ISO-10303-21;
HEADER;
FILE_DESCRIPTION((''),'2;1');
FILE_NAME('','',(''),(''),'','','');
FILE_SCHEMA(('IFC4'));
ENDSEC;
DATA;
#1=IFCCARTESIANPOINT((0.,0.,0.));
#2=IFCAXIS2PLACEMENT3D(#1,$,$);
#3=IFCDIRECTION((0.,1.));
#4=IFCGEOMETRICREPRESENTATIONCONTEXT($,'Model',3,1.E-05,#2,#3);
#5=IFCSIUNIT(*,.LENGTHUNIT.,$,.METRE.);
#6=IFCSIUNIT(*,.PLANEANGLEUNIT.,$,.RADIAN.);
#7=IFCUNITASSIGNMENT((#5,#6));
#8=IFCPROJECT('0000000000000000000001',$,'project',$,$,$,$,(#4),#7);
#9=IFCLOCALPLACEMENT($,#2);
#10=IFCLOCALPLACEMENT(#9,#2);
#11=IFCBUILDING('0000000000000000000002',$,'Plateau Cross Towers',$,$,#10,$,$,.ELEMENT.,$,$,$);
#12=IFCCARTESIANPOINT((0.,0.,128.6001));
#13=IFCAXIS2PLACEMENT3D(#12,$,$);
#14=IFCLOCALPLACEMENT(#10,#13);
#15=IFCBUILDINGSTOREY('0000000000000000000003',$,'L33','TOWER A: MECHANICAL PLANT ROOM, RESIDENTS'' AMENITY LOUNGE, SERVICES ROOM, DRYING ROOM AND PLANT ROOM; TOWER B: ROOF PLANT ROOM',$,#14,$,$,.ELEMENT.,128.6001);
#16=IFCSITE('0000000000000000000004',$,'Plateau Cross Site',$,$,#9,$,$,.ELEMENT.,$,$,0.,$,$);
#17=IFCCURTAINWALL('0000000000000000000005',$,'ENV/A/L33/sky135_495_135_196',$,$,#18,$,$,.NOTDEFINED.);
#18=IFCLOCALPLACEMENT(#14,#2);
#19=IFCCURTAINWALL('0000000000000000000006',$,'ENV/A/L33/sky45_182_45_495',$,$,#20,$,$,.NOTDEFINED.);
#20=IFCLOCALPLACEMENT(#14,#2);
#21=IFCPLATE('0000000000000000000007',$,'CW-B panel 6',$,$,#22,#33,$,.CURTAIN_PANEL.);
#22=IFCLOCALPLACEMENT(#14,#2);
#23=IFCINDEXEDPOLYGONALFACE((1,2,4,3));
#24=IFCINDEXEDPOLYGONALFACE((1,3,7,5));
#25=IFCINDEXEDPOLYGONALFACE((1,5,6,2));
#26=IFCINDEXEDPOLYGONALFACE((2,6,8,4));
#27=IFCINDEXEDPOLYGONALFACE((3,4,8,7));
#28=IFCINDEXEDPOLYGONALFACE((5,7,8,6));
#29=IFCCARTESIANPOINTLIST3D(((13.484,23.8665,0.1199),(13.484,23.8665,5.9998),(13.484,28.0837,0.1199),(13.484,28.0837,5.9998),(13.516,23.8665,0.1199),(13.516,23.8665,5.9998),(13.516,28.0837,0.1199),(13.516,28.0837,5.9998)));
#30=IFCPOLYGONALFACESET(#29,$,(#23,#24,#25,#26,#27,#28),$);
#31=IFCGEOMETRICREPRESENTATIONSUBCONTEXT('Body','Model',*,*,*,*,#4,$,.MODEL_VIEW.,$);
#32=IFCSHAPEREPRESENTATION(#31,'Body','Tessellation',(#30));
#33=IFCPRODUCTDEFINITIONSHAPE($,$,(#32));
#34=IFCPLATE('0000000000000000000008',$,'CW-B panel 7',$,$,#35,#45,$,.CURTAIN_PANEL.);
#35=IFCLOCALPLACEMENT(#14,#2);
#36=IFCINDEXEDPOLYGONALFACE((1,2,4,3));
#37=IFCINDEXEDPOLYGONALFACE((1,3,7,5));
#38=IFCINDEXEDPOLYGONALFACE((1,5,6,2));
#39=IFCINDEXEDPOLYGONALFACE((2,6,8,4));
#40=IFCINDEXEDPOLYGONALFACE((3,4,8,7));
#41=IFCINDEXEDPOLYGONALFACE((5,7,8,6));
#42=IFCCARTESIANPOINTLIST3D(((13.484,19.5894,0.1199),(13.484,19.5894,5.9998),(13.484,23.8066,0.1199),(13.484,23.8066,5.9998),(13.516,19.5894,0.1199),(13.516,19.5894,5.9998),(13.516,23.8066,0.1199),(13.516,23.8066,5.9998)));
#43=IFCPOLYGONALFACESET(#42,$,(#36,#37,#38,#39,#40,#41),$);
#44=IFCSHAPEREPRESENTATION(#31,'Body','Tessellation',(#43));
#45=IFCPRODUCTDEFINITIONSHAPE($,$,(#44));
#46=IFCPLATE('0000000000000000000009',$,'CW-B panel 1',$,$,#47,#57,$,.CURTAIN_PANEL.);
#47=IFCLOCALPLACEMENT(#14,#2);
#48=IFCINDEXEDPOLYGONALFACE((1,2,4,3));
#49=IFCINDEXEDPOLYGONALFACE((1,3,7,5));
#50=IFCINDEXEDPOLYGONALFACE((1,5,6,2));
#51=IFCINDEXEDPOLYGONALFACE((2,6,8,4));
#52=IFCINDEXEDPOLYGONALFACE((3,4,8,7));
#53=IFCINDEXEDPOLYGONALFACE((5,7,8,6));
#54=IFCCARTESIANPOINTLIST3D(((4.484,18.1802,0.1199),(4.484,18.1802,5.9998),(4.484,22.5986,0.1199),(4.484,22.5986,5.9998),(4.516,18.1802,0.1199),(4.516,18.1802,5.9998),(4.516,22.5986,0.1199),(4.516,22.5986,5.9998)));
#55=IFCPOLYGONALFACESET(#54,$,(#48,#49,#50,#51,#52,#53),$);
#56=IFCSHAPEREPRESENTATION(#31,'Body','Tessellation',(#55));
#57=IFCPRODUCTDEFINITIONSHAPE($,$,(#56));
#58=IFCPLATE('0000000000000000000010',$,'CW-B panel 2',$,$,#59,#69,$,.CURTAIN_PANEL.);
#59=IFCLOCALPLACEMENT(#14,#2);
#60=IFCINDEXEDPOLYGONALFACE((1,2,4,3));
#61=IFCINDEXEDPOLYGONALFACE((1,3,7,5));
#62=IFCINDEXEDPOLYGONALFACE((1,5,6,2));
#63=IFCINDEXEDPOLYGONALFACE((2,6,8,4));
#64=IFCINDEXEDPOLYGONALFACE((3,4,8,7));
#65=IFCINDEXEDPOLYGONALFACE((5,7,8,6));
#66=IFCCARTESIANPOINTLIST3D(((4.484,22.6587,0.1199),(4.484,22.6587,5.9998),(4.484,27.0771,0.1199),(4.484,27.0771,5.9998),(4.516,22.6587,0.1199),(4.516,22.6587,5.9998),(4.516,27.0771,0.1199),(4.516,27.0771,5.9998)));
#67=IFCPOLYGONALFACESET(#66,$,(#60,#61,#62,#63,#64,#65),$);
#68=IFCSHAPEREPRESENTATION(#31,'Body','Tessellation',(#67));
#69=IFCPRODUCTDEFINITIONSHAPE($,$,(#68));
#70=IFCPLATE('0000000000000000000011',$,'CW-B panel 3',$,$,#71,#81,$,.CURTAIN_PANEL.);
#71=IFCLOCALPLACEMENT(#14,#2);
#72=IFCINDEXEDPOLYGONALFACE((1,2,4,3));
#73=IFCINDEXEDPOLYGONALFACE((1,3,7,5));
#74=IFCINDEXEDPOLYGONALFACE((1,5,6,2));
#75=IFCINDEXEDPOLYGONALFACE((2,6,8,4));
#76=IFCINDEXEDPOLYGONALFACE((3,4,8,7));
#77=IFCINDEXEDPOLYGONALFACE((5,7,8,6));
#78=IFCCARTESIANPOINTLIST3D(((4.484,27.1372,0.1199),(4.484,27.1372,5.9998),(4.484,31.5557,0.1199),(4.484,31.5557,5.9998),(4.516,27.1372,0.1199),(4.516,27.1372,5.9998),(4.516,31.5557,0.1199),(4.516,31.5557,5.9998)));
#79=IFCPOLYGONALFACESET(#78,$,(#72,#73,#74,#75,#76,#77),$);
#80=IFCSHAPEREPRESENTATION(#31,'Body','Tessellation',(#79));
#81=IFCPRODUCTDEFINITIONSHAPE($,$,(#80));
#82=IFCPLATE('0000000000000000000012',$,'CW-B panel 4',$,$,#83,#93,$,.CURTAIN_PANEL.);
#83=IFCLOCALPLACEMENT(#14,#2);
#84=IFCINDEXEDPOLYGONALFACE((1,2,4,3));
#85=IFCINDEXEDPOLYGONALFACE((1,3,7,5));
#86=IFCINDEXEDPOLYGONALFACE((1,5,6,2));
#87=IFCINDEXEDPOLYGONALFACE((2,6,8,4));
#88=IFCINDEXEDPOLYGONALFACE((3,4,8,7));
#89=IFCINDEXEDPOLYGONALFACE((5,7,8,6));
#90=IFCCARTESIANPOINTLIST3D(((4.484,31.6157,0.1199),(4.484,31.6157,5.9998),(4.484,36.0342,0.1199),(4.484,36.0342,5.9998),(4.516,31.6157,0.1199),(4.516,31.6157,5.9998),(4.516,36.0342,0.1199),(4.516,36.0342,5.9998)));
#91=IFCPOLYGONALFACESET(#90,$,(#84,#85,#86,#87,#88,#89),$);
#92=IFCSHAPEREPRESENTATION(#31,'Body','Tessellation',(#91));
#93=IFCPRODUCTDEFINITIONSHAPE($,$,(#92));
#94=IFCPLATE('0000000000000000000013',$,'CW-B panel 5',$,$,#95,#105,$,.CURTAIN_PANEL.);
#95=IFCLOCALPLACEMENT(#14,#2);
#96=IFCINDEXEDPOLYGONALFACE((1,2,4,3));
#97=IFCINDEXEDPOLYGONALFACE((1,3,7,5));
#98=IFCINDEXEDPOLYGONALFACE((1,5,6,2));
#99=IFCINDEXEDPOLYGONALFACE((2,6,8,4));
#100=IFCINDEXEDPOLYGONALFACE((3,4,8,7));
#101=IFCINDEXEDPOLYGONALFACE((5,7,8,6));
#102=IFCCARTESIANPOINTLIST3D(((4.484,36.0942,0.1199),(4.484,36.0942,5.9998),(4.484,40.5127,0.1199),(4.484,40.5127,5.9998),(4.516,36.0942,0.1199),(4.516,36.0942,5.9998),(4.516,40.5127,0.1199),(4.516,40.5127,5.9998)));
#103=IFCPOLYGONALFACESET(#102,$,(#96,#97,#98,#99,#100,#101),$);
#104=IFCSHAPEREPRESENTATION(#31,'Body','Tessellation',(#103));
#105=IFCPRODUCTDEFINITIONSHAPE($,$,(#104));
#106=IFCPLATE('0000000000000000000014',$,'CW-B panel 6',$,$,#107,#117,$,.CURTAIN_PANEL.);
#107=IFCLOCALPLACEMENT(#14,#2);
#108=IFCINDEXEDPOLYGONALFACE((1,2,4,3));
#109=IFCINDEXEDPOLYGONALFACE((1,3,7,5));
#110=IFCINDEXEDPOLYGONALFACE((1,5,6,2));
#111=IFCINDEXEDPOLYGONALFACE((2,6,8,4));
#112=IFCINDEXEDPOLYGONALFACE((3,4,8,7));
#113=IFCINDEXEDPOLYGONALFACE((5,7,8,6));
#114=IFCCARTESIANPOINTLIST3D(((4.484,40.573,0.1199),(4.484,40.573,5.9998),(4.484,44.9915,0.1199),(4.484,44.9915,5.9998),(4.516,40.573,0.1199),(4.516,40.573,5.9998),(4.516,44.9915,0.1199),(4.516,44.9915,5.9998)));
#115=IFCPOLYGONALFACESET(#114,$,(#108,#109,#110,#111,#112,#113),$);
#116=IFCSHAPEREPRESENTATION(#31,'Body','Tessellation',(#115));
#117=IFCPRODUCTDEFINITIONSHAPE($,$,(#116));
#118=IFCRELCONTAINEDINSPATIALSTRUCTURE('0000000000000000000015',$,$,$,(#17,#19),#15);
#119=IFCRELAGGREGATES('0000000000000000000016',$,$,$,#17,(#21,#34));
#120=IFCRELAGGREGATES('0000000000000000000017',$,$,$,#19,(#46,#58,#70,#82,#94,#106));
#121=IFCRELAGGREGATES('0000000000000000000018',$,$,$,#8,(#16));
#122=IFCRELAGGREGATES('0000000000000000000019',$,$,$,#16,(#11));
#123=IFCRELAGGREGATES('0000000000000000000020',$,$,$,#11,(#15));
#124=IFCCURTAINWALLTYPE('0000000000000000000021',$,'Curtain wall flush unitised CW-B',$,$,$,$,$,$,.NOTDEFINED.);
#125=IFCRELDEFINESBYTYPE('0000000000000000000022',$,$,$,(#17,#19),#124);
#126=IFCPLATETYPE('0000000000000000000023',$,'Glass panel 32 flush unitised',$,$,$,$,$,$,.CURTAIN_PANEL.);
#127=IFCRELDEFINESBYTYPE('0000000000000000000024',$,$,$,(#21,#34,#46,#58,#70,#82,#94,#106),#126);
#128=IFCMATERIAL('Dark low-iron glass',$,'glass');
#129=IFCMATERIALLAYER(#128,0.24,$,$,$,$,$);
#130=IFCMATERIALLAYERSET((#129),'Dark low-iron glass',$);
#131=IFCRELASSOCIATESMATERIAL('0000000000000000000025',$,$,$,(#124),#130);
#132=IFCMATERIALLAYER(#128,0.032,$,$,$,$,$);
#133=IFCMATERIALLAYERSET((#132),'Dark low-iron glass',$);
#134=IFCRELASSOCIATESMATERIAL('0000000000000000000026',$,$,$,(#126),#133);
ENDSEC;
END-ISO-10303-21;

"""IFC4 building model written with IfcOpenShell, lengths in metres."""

from ifc_helpers import new_model, si_unit, direction, frame, origin, origin_2d, place, context, subcontext, project, spatial, rectangle, extrude, material, layer, layer_set, type_object, element, aggregate, save


model = new_model("IFC4")

# Units and contexts
model_context = context("Model", 3, precision=1e-05, world=origin(), true_north=direction((0.0, 1.0)))
body_context = subcontext(model_context, "Body", "Model", "MODEL_VIEW")
ifc_project = project(units=[si_unit("LENGTHUNIT", "METRE"), si_unit("PLANEANGLEUNIT", "RADIAN")], contexts=[model_context])

# Site, building, storey
site_placement = place(None, origin())
site = spatial("IfcSite", under=ifc_project, at=site_placement, Name="Plateau Cross Site", CompositionType="ELEMENT", RefElevation=0.0)
building_placement = place(site_placement, origin())
building = spatial("IfcBuilding", under=site, at=building_placement, Name="Plateau Cross Towers", CompositionType="ELEMENT")
storey_placement = place(building_placement, frame((0.0, 0.0, 128.6001)))
storey = spatial("IfcBuildingStorey", under=building, at=storey_placement, Name="L33", Description="TOWER A: MECHANICAL PLANT ROOM, RESIDENTS' AMENITY LOUNGE, SERVICES ROOM, DRYING ROOM AND PLANT ROOM; TOWER B: ROOF PLANT ROOM", CompositionType="ELEMENT", Elevation=128.6001)

# Curtain walls
ifc_material_1 = material(Name="Dark low-iron glass", Category="glass")
ifc_layer_1 = layer(ifc_material_1, 0.24)
ifc_layer_set_1 = layer_set([ifc_layer_1], Name="Dark low-iron glass")
curtain_wall_type = type_object("IfcCurtainWallType", Name="Curtain wall flush unitised CW-B", PredefinedType="NOTDEFINED", material=ifc_layer_set_1)
curtain_wall_1_placement = place(storey_placement, origin())
curtain_wall_1 = element("IfcCurtainWall", 1, at=curtain_wall_1_placement, inside=storey, type_object=curtain_wall_type, Name="ENV/A/L33/sky135_495_135_196", PredefinedType="NOTDEFINED")
curtain_wall_2_placement = place(storey_placement, origin())
curtain_wall_2 = element("IfcCurtainWall", 2, at=curtain_wall_2_placement, inside=storey, type_object=curtain_wall_type, Name="ENV/A/L33/sky45_182_45_495", PredefinedType="NOTDEFINED")

# Plates
ifc_layer_2 = layer(ifc_material_1, 0.032)
ifc_layer_set_2 = layer_set([ifc_layer_2], Name="Dark low-iron glass")
plate_type = type_object("IfcPlateType", Name="Glass panel 32 flush unitised", PredefinedType="CURTAIN_PANEL", material=ifc_layer_set_2)
plate_1_placement = place(storey_placement, frame((13.5, 25.9751, 0.1199), z_axis=(0.0, 0.0, 1.0), x_axis=(0.0, -1.0, 0.0)))
plate_1 = element("IfcPlate", 3, at=plate_1_placement, type_object=plate_type, Name="CW-B panel 6", PredefinedType="CURTAIN_PANEL", context=body_context, shape_type="SweptSolid", body=[
    extrude(rectangle(XDim=4.2173, YDim=0.032, at=origin_2d()), origin(), (0.0, 0.0, 1.0), 5.8799),
])
plate_2_placement = place(storey_placement, frame((13.5, 21.698, 0.1199), z_axis=(0.0, 0.0, 1.0), x_axis=(0.0, -1.0, 0.0)))
plate_2 = element("IfcPlate", 4, at=plate_2_placement, type_object=plate_type, Name="CW-B panel 7", PredefinedType="CURTAIN_PANEL", context=body_context, shape_type="SweptSolid", body=[
    extrude(rectangle(XDim=4.2173, YDim=0.032, at=origin_2d()), origin(), (0.0, 0.0, 1.0), 5.8799),
])
aggregate(curtain_wall_1, [plate_1, plate_2])
plate_3_placement = place(storey_placement, frame((4.5, 20.3894, 0.1199), z_axis=(0.0, 0.0, 1.0), x_axis=(0.0, 1.0, 0.0)))
plate_3 = element("IfcPlate", 5, at=plate_3_placement, type_object=plate_type, Name="CW-B panel 1", PredefinedType="CURTAIN_PANEL", context=body_context, shape_type="SweptSolid", body=[
    extrude(rectangle(XDim=4.4185, YDim=0.032, at=origin_2d()), origin(), (0.0, 0.0, 1.0), 5.8799),
])
plate_4_placement = place(storey_placement, frame((4.5, 24.8679, 0.1199), z_axis=(0.0, 0.0, 1.0), x_axis=(0.0, 1.0, 0.0)))
plate_4 = element("IfcPlate", 6, at=plate_4_placement, type_object=plate_type, Name="CW-B panel 2", PredefinedType="CURTAIN_PANEL", context=body_context, shape_type="SweptSolid", body=[
    extrude(rectangle(XDim=4.4185, YDim=0.032, at=origin_2d()), origin(), (0.0, 0.0, 1.0), 5.8799),
])
plate_5_placement = place(storey_placement, frame((4.5, 29.3464, 0.1199), z_axis=(0.0, 0.0, 1.0), x_axis=(0.0, 1.0, 0.0)))
plate_5 = element("IfcPlate", 7, at=plate_5_placement, type_object=plate_type, Name="CW-B panel 3", PredefinedType="CURTAIN_PANEL", context=body_context, shape_type="SweptSolid", body=[
    extrude(rectangle(XDim=4.4185, YDim=0.032, at=origin_2d()), origin(), (0.0, 0.0, 1.0), 5.8799),
])
plate_6_placement = place(storey_placement, frame((4.5, 33.825, 0.1199), z_axis=(0.0, 0.0, 1.0), x_axis=(0.0, 1.0, 0.0)))
plate_6 = element("IfcPlate", 8, at=plate_6_placement, type_object=plate_type, Name="CW-B panel 4", PredefinedType="CURTAIN_PANEL", context=body_context, shape_type="SweptSolid", body=[
    extrude(rectangle(XDim=4.4185, YDim=0.032, at=origin_2d()), origin(), (0.0, 0.0, 1.0), 5.8799),
])
plate_7_placement = place(storey_placement, frame((4.5, 38.3035, 0.1199), z_axis=(0.0, 0.0, 1.0), x_axis=(0.0, 1.0, 0.0)))
plate_7 = element("IfcPlate", 9, at=plate_7_placement, type_object=plate_type, Name="CW-B panel 5", PredefinedType="CURTAIN_PANEL", context=body_context, shape_type="SweptSolid", body=[
    extrude(rectangle(XDim=4.4185, YDim=0.032, at=origin_2d()), origin(), (0.0, 0.0, 1.0), 5.8799),
])
plate_8_placement = place(storey_placement, frame((4.5, 42.7822, 0.1199), z_axis=(0.0, 0.0, 1.0), x_axis=(0.0, 1.0, 0.0)))
plate_8 = element("IfcPlate", 10, at=plate_8_placement, type_object=plate_type, Name="CW-B panel 6", PredefinedType="CURTAIN_PANEL", context=body_context, shape_type="SweptSolid", body=[
    extrude(rectangle(XDim=4.4185, YDim=0.032, at=origin_2d()), origin(), (0.0, 0.0, 1.0), 5.8799),
])
aggregate(curtain_wall_2, [plate_3, plate_4, plate_5, plate_6, plate_7, plate_8])

save(model, "model.ifc")
